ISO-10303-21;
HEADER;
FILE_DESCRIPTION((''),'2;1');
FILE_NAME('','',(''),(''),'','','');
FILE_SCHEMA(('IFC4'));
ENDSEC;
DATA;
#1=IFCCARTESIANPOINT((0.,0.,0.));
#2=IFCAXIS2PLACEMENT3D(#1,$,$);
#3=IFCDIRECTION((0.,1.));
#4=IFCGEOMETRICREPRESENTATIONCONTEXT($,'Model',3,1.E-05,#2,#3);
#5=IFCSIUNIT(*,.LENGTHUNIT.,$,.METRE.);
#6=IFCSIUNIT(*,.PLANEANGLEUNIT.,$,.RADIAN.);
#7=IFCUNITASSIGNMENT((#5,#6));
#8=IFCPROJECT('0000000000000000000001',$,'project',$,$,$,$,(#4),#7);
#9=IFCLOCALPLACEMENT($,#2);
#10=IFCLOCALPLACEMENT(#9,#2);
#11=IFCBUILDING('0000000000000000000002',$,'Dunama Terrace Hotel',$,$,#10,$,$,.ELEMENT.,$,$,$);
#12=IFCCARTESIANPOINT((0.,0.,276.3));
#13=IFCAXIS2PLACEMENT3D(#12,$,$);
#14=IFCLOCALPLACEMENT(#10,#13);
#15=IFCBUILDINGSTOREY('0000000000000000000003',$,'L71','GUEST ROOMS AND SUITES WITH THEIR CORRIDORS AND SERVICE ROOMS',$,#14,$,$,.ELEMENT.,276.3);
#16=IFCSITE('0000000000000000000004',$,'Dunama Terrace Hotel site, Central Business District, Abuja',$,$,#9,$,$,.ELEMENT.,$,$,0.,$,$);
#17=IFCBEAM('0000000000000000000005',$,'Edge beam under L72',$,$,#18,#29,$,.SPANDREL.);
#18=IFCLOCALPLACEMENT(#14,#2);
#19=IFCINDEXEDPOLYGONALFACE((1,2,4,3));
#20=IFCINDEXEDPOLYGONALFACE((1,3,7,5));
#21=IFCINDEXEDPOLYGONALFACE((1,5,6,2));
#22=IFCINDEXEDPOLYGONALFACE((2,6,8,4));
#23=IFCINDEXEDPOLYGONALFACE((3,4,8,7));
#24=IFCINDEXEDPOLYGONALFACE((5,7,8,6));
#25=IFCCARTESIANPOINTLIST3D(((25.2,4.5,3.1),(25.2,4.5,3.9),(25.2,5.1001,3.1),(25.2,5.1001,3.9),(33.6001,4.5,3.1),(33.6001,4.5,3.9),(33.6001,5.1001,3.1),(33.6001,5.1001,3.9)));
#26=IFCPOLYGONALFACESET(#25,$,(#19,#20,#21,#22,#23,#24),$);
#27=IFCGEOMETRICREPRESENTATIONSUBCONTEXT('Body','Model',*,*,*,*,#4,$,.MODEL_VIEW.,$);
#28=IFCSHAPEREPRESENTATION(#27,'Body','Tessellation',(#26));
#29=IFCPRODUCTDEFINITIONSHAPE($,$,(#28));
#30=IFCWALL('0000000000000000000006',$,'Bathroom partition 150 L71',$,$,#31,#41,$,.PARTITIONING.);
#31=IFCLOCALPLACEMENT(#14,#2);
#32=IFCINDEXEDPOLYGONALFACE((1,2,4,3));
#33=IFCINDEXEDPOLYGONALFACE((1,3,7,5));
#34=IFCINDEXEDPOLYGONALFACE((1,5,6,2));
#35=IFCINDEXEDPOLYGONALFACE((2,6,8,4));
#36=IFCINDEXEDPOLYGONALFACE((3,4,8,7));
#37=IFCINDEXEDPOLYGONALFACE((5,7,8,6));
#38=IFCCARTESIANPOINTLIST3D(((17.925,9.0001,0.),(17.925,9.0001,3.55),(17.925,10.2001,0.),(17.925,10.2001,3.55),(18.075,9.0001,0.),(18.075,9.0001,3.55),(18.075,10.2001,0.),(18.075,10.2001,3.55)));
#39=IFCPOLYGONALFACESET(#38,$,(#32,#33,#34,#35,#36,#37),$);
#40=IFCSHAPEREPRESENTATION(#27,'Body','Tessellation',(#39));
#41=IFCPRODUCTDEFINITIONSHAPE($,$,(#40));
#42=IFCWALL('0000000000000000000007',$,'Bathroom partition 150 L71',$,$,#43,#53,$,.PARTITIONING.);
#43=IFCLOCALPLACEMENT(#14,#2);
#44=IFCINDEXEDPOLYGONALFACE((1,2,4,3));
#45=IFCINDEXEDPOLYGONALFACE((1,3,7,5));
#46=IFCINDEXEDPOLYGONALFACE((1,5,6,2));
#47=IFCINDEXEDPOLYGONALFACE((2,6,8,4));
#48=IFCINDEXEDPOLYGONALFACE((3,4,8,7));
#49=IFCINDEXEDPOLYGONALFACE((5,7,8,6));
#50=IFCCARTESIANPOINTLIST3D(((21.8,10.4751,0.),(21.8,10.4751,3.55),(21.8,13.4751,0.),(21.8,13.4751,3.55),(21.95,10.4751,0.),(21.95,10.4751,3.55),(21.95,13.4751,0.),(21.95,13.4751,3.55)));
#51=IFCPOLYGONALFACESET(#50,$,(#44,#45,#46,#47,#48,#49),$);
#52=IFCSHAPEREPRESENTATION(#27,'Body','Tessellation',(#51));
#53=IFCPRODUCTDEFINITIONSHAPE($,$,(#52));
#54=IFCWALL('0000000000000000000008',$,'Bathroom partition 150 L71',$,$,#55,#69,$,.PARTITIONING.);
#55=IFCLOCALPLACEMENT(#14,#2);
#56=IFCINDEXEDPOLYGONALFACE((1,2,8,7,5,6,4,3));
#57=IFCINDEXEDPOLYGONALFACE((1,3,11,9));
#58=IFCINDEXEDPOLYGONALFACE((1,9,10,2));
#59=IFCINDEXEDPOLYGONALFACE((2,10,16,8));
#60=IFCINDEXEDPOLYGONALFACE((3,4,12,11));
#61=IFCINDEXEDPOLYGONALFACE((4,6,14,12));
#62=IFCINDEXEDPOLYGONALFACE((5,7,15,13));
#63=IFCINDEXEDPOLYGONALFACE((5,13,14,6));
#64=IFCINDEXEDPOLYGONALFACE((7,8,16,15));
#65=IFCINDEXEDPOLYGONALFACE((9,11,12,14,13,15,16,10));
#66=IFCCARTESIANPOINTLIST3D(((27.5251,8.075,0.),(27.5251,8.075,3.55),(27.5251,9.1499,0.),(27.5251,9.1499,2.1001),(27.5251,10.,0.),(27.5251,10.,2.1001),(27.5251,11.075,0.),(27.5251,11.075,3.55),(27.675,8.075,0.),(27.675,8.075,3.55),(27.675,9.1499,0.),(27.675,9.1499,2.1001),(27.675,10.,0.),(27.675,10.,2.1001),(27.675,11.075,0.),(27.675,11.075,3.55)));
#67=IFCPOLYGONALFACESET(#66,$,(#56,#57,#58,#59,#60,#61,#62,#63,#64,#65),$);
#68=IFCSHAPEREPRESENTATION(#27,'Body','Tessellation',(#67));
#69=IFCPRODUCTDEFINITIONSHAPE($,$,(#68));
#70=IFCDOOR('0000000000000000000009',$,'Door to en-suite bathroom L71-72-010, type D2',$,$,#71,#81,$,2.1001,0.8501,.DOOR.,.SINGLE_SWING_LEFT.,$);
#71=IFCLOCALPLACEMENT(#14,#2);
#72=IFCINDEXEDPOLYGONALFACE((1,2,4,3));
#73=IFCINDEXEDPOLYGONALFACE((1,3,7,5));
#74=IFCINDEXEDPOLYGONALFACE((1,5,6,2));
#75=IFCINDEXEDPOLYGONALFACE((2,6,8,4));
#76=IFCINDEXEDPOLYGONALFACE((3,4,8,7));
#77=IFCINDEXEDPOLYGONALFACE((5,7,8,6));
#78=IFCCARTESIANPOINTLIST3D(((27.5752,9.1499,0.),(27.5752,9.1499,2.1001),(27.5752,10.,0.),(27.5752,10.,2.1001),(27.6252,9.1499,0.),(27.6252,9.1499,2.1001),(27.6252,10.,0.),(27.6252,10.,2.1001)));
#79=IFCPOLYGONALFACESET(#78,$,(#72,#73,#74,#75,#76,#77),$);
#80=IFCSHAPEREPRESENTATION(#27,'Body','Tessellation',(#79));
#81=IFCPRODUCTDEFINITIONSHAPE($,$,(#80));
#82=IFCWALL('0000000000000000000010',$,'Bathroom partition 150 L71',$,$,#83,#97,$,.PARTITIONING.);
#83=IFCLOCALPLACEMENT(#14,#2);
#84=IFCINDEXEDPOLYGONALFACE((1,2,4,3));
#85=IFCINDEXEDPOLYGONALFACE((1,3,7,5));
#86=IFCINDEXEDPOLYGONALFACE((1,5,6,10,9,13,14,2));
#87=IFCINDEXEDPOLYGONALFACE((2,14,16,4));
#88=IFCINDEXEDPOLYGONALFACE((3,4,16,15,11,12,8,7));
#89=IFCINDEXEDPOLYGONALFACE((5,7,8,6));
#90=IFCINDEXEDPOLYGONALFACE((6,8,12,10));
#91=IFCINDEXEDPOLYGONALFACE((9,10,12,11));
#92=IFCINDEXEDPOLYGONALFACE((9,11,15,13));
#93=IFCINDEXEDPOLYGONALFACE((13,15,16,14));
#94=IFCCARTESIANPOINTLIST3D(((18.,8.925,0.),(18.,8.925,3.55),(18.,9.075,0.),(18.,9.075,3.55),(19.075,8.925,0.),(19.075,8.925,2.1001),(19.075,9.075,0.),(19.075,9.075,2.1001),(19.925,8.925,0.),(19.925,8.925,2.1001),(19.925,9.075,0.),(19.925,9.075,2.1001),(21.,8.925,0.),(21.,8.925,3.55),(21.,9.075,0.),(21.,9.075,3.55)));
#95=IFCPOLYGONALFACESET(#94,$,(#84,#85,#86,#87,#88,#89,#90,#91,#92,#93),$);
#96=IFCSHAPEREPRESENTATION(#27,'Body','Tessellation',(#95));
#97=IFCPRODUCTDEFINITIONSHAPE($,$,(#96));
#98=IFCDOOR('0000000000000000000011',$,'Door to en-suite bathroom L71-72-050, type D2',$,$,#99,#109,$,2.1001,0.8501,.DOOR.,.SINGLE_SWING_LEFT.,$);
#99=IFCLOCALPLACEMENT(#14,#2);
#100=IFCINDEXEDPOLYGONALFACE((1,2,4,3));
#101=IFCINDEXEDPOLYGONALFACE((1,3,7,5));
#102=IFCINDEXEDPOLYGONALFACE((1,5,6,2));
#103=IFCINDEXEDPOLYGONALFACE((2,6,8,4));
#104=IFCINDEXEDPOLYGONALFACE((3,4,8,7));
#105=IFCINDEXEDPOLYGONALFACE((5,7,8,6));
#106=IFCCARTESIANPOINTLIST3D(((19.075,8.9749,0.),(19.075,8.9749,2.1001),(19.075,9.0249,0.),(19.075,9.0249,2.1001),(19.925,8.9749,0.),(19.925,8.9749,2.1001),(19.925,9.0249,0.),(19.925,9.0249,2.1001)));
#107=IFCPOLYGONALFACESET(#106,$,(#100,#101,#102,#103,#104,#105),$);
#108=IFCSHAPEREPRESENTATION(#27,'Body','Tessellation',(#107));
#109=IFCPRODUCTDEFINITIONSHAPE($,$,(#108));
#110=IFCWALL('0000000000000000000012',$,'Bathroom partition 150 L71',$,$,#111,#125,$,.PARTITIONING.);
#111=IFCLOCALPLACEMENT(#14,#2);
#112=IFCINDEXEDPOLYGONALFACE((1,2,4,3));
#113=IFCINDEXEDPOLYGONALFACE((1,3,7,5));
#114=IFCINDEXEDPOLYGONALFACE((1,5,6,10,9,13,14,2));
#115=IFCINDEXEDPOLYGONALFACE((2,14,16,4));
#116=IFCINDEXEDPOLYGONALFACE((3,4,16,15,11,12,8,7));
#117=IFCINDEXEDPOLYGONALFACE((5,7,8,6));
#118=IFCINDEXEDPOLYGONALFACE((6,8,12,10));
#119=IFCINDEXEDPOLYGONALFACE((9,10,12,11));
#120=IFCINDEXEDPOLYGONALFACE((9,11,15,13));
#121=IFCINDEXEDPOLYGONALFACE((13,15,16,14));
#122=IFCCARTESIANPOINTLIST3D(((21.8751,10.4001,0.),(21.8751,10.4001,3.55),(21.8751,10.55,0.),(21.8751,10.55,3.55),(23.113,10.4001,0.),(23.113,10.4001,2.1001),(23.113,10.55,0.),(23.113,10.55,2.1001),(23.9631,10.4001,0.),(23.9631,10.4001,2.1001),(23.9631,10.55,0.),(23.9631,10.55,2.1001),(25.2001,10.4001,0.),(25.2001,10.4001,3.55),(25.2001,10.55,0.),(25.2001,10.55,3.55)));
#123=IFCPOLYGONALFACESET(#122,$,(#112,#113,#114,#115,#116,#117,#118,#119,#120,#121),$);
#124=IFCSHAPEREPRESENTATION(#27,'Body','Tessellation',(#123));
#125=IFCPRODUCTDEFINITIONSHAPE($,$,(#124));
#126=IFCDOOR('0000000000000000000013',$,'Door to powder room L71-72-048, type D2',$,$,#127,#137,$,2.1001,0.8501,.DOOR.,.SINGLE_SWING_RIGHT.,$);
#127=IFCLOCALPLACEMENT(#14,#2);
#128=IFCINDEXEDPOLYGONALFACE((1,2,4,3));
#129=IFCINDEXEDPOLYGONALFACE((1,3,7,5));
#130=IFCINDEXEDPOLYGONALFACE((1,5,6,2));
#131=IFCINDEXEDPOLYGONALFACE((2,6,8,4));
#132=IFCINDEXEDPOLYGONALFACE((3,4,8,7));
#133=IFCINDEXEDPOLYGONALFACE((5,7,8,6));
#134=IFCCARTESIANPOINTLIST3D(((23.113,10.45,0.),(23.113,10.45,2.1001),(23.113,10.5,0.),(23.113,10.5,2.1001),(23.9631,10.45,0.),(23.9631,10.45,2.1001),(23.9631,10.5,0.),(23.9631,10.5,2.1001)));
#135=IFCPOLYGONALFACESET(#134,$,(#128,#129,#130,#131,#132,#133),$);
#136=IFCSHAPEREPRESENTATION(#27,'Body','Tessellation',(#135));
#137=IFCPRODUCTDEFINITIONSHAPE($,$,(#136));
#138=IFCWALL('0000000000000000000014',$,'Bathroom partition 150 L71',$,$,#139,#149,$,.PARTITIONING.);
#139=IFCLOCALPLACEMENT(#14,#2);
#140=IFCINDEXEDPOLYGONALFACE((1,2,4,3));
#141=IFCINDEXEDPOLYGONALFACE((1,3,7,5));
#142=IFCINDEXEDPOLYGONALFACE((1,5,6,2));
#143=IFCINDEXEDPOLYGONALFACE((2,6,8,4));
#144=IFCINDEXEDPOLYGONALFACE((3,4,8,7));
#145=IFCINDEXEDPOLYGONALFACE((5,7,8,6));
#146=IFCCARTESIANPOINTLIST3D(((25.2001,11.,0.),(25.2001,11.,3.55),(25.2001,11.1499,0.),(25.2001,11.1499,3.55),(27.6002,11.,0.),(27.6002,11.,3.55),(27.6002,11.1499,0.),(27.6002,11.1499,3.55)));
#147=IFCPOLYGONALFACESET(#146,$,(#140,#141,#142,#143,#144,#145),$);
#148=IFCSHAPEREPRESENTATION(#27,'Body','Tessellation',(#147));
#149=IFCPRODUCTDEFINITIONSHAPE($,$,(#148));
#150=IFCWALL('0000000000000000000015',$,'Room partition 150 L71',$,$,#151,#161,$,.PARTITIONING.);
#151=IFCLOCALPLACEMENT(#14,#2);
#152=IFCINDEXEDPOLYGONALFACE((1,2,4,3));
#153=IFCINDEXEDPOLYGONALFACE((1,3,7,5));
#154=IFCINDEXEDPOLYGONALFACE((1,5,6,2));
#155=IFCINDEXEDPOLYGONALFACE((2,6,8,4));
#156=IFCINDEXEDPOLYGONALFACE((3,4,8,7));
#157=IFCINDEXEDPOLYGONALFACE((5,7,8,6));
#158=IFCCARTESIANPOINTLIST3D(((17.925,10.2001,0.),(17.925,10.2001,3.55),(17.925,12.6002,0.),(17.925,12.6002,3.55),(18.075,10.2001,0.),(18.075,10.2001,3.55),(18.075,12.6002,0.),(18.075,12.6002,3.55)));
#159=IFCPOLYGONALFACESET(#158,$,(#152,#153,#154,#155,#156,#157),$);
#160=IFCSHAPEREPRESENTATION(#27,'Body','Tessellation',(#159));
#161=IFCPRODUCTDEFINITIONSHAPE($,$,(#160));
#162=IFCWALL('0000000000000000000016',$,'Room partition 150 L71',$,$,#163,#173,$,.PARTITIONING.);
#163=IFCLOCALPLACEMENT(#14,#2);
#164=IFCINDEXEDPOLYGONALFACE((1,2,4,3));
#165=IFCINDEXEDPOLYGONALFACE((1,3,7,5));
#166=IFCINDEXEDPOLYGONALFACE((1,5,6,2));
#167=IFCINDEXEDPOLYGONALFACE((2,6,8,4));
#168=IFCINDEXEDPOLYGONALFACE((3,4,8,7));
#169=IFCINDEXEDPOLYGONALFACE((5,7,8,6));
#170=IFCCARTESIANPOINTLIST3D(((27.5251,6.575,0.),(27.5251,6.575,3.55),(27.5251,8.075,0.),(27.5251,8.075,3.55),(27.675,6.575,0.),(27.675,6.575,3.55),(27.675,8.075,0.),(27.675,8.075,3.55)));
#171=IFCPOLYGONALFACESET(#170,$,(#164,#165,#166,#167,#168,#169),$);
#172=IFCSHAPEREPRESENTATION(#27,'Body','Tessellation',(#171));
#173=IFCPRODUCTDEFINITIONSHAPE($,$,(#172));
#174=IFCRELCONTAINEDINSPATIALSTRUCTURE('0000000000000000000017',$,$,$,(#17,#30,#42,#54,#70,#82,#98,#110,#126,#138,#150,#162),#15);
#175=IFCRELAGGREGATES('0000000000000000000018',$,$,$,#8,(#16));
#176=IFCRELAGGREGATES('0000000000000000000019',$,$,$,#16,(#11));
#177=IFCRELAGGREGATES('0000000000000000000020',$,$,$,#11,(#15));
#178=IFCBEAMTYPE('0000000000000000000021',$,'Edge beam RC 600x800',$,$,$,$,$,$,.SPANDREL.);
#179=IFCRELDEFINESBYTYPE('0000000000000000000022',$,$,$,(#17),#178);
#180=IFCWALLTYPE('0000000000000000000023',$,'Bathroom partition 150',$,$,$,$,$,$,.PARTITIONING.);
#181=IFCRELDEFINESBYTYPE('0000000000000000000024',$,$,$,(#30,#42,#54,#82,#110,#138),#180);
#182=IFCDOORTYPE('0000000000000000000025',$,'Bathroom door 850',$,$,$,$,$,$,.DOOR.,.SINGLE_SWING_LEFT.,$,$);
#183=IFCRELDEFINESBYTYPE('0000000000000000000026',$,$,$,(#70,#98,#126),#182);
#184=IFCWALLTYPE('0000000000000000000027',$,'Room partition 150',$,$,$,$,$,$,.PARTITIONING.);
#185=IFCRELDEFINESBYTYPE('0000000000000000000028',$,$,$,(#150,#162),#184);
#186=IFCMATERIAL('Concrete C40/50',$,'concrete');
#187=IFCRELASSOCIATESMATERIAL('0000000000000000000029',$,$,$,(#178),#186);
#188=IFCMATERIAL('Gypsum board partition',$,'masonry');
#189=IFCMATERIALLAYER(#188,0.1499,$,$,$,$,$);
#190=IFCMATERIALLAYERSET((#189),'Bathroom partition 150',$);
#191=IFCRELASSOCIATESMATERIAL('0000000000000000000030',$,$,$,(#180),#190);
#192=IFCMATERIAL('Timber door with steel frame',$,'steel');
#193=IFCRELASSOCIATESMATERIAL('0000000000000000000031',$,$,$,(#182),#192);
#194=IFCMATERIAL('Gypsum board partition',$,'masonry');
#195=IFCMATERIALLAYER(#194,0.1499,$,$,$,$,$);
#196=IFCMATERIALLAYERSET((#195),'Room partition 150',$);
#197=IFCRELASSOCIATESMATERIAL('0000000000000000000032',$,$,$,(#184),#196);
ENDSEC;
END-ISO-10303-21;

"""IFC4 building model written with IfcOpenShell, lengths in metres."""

from ifc_helpers import new_model, si_unit, direction, frame, frame_2d, origin, origin_2d, place, context, subcontext, project, spatial, rectangle, extrude, material, layer, layer_set, material_profile, profile_set, type_object, element, fill, save


model = new_model("IFC4")

# Units and contexts
model_context = context("Model", 3, precision=1e-05, world=origin(), true_north=direction((0.0, 1.0)))
body_context = subcontext(model_context, "Body", "Model", "MODEL_VIEW")
ifc_project = project(units=[si_unit("LENGTHUNIT", "METRE"), si_unit("PLANEANGLEUNIT", "RADIAN")], contexts=[model_context])

# Site, building, storey
site_placement = place(None, origin())
site = spatial("IfcSite", under=ifc_project, at=site_placement, Name="Dunama Terrace Hotel site, Central Business District, Abuja", CompositionType="ELEMENT", RefElevation=0.0)
building_placement = place(site_placement, origin())
building = spatial("IfcBuilding", under=site, at=building_placement, Name="Dunama Terrace Hotel", CompositionType="ELEMENT")
storey_placement = place(building_placement, frame((0.0, 0.0, 276.3)))
storey = spatial("IfcBuildingStorey", under=building, at=storey_placement, Name="L71", Description="GUEST ROOMS AND SUITES WITH THEIR CORRIDORS AND SERVICE ROOMS", CompositionType="ELEMENT", Elevation=276.3)

# Beam
ifc_material_1 = material(Name="Concrete C40/50", Category="concrete")
ifc_material_profile = material_profile(ifc_material_1, rectangle(XDim=0.6001, YDim=0.8, at=origin_2d()), Name="RC 600x800")
ifc_profile_set = profile_set([ifc_material_profile], Name="Concrete C40/50")
beam_type = type_object("IfcBeamType", Name="Edge beam RC 600x800", PredefinedType="SPANDREL", material=ifc_profile_set)
beam_placement = place(storey_placement, frame((25.2, 4.8, 3.5), z_axis=(1.0, 0.0, 0.0), x_axis=(0.0, 1.0, 0.0)))
element("IfcBeam", 1, at=beam_placement, inside=storey, type_object=beam_type, Name="Edge beam under L72", PredefinedType="SPANDREL", context=body_context, shape_type="SweptSolid", body=[
    extrude(rectangle(XDim=0.6001, YDim=0.8, at=origin_2d()), origin(), (0.0, 0.0, 1.0), 8.4001),
])

# Walls
ifc_material_2 = material(Name="Gypsum board partition", Category="masonry")
ifc_layer_1 = layer(ifc_material_2, 0.1499)
ifc_layer_set_1 = layer_set([ifc_layer_1], Name="Bathroom partition 150")
wall_type_1 = type_object("IfcWallType", Name="Bathroom partition 150", PredefinedType="PARTITIONING", material=ifc_layer_set_1)
wall_1_placement = place(storey_placement, frame((18.0, 9.0, 0.0), z_axis=(0.0, 0.0, 1.0), x_axis=(0.0, 1.0, 0.0)))
element("IfcWall", 2, at=wall_1_placement, inside=storey, type_object=wall_type_1, Name="Bathroom partition 150 L71", PredefinedType="PARTITIONING", context=body_context, shape_type="SweptSolid", body=[
    extrude(rectangle(XDim=1.2, YDim=0.1499, at=frame_2d((0.6001, 0.0))), origin(), (0.0, 0.0, 1.0), 3.55),
])
wall_2_placement = place(storey_placement, frame((21.875, 10.4751, 0.0), z_axis=(0.0, 0.0, 1.0), x_axis=(0.0, 1.0, 0.0)))
element("IfcWall", 3, at=wall_2_placement, inside=storey, type_object=wall_type_1, Name="Bathroom partition 150 L71", PredefinedType="PARTITIONING", context=body_context, shape_type="SweptSolid", body=[
    extrude(rectangle(XDim=3.0, YDim=0.1499, at=frame_2d((1.5, 0.0))), origin(), (0.0, 0.0, 1.0), 3.55),
])

# Walls, openings, doors
wall_3_placement = place(storey_placement, frame((27.6001, 8.075, 0.0), z_axis=(0.0, 0.0, 1.0), x_axis=(0.0, 1.0, 0.0)))
wall_3 = element("IfcWall", 4, at=wall_3_placement, inside=storey, type_object=wall_type_1, Name="Bathroom partition 150 L71", PredefinedType="PARTITIONING", context=body_context, shape_type="SweptSolid", body=[
    extrude(rectangle(XDim=3.0, YDim=0.1499, at=frame_2d((1.5, 0.0))), origin(), (0.0, 0.0, 1.0), 3.55),
])
opening_1_placement = place(wall_3_placement, frame((1.075, 0.0, 0.0)))
opening_1 = element("IfcOpeningElement", 5, at=opening_1_placement, cuts=wall_3, PredefinedType="OPENING", context=body_context, shape_type="SweptSolid", body=[
    extrude(rectangle(XDim=0.8501, YDim=2.1001, at=frame_2d((0.425, 1.05))), frame((0.0, 0.085, 0.0), z_axis=(0.0, -1.0, 0.0), x_axis=(1.0, 0.0, 0.0)), (0.0, 0.0, 1.0), 0.1699),
])
ifc_material_3 = material(Name="Timber door with steel frame", Category="steel")
door_type_1 = type_object("IfcDoorType", Name="Bathroom door 850", OperationType="SINGLE_SWING_LEFT", PredefinedType="DOOR", material=ifc_material_3)
door_1_placement = place(opening_1_placement, origin())
door_1 = element("IfcDoor", 6, at=door_1_placement, inside=storey, type_object=door_type_1, Name="Door to en-suite bathroom L71-72-010, type D2", OperationType="SINGLE_SWING_LEFT", OverallHeight=2.1001, OverallWidth=0.8501, PredefinedType="DOOR", context=body_context, shape_type="SweptSolid", body=[
    extrude(rectangle(XDim=0.8501, YDim=2.1001, at=frame_2d((0.425, 1.05))), frame((0.0, 0.0249, 0.0), z_axis=(0.0, -1.0, 0.0), x_axis=(1.0, 0.0, 0.0)), (0.0, 0.0, 1.0), 0.05),
])
fill(opening_1, door_1)
wall_4_placement = place(storey_placement, frame((18.0, 9.0, 0.0), z_axis=(0.0, 0.0, 1.0), x_axis=(1.0, 0.0, 0.0)))
wall_4 = element("IfcWall", 7, at=wall_4_placement, inside=storey, type_object=wall_type_1, Name="Bathroom partition 150 L71", PredefinedType="PARTITIONING", context=body_context, shape_type="SweptSolid", body=[
    extrude(rectangle(XDim=3.0, YDim=0.1499, at=frame_2d((1.5, 0.0))), origin(), (0.0, 0.0, 1.0), 3.55),
])
opening_2_placement = place(wall_4_placement, frame((1.075, 0.0, 0.0)))
opening_2 = element("IfcOpeningElement", 8, at=opening_2_placement, cuts=wall_4, PredefinedType="OPENING", context=body_context, shape_type="SweptSolid", body=[
    extrude(rectangle(XDim=0.8501, YDim=2.1001, at=frame_2d((0.425, 1.05))), frame((0.0, 0.085, 0.0), z_axis=(0.0, -1.0, 0.0), x_axis=(1.0, 0.0, 0.0)), (0.0, 0.0, 1.0), 0.1699),
])
door_2_placement = place(opening_2_placement, origin())
door_2 = element("IfcDoor", 9, at=door_2_placement, inside=storey, type_object=door_type_1, Name="Door to en-suite bathroom L71-72-050, type D2", OperationType="SINGLE_SWING_LEFT", OverallHeight=2.1001, OverallWidth=0.8501, PredefinedType="DOOR", context=body_context, shape_type="SweptSolid", body=[
    extrude(rectangle(XDim=0.8501, YDim=2.1001, at=frame_2d((0.425, 1.05))), frame((0.0, 0.0249, 0.0), z_axis=(0.0, -1.0, 0.0), x_axis=(1.0, 0.0, 0.0)), (0.0, 0.0, 1.0), 0.05),
])
fill(opening_2, door_2)
wall_5_placement = place(storey_placement, frame((21.875, 10.4751, 0.0), z_axis=(0.0, 0.0, 1.0), x_axis=(1.0, 0.0, 0.0)))
wall_5 = element("IfcWall", 10, at=wall_5_placement, inside=storey, type_object=wall_type_1, Name="Bathroom partition 150 L71", PredefinedType="PARTITIONING", context=body_context, shape_type="SweptSolid", body=[
    extrude(rectangle(XDim=3.325, YDim=0.1499, at=frame_2d((1.6626, 0.0))), origin(), (0.0, 0.0, 1.0), 3.55),
])
opening_3_placement = place(wall_5_placement, frame((1.238, 0.0, 0.0)))
opening_3 = element("IfcOpeningElement", 11, at=opening_3_placement, cuts=wall_5, PredefinedType="OPENING", context=body_context, shape_type="SweptSolid", body=[
    extrude(rectangle(XDim=0.8501, YDim=2.1001, at=frame_2d((0.425, 1.05))), frame((0.0, 0.085, 0.0), z_axis=(0.0, -1.0, 0.0), x_axis=(1.0, 0.0, 0.0)), (0.0, 0.0, 1.0), 0.1699),
])
door_3_placement = place(opening_3_placement, origin())
door_3 = element("IfcDoor", 12, at=door_3_placement, inside=storey, type_object=door_type_1, Name="Door to powder room L71-72-048, type D2", OperationType="SINGLE_SWING_RIGHT", OverallHeight=2.1001, OverallWidth=0.8501, PredefinedType="DOOR", context=body_context, shape_type="SweptSolid", body=[
    extrude(rectangle(XDim=0.8501, YDim=2.1001, at=frame_2d((0.425, 1.05))), frame((0.0, 0.0249, 0.0), z_axis=(0.0, -1.0, 0.0), x_axis=(1.0, 0.0, 0.0)), (0.0, 0.0, 1.0), 0.05),
])
fill(opening_3, door_3)

# Walls
wall_6_placement = place(storey_placement, frame((25.2, 11.075, 0.0), z_axis=(0.0, 0.0, 1.0), x_axis=(1.0, 0.0, 0.0)))
element("IfcWall", 13, at=wall_6_placement, inside=storey, type_object=wall_type_1, Name="Bathroom partition 150 L71", PredefinedType="PARTITIONING", context=body_context, shape_type="SweptSolid", body=[
    extrude(rectangle(XDim=2.4001, YDim=0.1499, at=frame_2d((1.2002, 0.0))), origin(), (0.0, 0.0, 1.0), 3.55),
])
ifc_material_4 = material(Name="Gypsum board partition", Category="masonry")
ifc_layer_2 = layer(ifc_material_4, 0.1499)
ifc_layer_set_2 = layer_set([ifc_layer_2], Name="Room partition 150")
wall_type_2 = type_object("IfcWallType", Name="Room partition 150", PredefinedType="PARTITIONING", material=ifc_layer_set_2)
wall_7_placement = place(storey_placement, frame((18.0, 10.2, 0.0), z_axis=(0.0, 0.0, 1.0), x_axis=(0.0, 1.0, 0.0)))
element("IfcWall", 14, at=wall_7_placement, inside=storey, type_object=wall_type_2, Name="Room partition 150 L71", PredefinedType="PARTITIONING", context=body_context, shape_type="SweptSolid", body=[
    extrude(rectangle(XDim=2.4001, YDim=0.1499, at=frame_2d((1.2002, 0.0))), origin(), (0.0, 0.0, 1.0), 3.55),
])
wall_8_placement = place(storey_placement, frame((27.6001, 6.575, 0.0), z_axis=(0.0, 0.0, 1.0), x_axis=(0.0, 1.0, 0.0)))
element("IfcWall", 15, at=wall_8_placement, inside=storey, type_object=wall_type_2, Name="Room partition 150 L71", PredefinedType="PARTITIONING", context=body_context, shape_type="SweptSolid", body=[
    extrude(rectangle(XDim=1.5, YDim=0.1499, at=frame_2d((0.75, 0.0))), origin(), (0.0, 0.0, 1.0), 3.55),
])

save(model, "model.ifc")
